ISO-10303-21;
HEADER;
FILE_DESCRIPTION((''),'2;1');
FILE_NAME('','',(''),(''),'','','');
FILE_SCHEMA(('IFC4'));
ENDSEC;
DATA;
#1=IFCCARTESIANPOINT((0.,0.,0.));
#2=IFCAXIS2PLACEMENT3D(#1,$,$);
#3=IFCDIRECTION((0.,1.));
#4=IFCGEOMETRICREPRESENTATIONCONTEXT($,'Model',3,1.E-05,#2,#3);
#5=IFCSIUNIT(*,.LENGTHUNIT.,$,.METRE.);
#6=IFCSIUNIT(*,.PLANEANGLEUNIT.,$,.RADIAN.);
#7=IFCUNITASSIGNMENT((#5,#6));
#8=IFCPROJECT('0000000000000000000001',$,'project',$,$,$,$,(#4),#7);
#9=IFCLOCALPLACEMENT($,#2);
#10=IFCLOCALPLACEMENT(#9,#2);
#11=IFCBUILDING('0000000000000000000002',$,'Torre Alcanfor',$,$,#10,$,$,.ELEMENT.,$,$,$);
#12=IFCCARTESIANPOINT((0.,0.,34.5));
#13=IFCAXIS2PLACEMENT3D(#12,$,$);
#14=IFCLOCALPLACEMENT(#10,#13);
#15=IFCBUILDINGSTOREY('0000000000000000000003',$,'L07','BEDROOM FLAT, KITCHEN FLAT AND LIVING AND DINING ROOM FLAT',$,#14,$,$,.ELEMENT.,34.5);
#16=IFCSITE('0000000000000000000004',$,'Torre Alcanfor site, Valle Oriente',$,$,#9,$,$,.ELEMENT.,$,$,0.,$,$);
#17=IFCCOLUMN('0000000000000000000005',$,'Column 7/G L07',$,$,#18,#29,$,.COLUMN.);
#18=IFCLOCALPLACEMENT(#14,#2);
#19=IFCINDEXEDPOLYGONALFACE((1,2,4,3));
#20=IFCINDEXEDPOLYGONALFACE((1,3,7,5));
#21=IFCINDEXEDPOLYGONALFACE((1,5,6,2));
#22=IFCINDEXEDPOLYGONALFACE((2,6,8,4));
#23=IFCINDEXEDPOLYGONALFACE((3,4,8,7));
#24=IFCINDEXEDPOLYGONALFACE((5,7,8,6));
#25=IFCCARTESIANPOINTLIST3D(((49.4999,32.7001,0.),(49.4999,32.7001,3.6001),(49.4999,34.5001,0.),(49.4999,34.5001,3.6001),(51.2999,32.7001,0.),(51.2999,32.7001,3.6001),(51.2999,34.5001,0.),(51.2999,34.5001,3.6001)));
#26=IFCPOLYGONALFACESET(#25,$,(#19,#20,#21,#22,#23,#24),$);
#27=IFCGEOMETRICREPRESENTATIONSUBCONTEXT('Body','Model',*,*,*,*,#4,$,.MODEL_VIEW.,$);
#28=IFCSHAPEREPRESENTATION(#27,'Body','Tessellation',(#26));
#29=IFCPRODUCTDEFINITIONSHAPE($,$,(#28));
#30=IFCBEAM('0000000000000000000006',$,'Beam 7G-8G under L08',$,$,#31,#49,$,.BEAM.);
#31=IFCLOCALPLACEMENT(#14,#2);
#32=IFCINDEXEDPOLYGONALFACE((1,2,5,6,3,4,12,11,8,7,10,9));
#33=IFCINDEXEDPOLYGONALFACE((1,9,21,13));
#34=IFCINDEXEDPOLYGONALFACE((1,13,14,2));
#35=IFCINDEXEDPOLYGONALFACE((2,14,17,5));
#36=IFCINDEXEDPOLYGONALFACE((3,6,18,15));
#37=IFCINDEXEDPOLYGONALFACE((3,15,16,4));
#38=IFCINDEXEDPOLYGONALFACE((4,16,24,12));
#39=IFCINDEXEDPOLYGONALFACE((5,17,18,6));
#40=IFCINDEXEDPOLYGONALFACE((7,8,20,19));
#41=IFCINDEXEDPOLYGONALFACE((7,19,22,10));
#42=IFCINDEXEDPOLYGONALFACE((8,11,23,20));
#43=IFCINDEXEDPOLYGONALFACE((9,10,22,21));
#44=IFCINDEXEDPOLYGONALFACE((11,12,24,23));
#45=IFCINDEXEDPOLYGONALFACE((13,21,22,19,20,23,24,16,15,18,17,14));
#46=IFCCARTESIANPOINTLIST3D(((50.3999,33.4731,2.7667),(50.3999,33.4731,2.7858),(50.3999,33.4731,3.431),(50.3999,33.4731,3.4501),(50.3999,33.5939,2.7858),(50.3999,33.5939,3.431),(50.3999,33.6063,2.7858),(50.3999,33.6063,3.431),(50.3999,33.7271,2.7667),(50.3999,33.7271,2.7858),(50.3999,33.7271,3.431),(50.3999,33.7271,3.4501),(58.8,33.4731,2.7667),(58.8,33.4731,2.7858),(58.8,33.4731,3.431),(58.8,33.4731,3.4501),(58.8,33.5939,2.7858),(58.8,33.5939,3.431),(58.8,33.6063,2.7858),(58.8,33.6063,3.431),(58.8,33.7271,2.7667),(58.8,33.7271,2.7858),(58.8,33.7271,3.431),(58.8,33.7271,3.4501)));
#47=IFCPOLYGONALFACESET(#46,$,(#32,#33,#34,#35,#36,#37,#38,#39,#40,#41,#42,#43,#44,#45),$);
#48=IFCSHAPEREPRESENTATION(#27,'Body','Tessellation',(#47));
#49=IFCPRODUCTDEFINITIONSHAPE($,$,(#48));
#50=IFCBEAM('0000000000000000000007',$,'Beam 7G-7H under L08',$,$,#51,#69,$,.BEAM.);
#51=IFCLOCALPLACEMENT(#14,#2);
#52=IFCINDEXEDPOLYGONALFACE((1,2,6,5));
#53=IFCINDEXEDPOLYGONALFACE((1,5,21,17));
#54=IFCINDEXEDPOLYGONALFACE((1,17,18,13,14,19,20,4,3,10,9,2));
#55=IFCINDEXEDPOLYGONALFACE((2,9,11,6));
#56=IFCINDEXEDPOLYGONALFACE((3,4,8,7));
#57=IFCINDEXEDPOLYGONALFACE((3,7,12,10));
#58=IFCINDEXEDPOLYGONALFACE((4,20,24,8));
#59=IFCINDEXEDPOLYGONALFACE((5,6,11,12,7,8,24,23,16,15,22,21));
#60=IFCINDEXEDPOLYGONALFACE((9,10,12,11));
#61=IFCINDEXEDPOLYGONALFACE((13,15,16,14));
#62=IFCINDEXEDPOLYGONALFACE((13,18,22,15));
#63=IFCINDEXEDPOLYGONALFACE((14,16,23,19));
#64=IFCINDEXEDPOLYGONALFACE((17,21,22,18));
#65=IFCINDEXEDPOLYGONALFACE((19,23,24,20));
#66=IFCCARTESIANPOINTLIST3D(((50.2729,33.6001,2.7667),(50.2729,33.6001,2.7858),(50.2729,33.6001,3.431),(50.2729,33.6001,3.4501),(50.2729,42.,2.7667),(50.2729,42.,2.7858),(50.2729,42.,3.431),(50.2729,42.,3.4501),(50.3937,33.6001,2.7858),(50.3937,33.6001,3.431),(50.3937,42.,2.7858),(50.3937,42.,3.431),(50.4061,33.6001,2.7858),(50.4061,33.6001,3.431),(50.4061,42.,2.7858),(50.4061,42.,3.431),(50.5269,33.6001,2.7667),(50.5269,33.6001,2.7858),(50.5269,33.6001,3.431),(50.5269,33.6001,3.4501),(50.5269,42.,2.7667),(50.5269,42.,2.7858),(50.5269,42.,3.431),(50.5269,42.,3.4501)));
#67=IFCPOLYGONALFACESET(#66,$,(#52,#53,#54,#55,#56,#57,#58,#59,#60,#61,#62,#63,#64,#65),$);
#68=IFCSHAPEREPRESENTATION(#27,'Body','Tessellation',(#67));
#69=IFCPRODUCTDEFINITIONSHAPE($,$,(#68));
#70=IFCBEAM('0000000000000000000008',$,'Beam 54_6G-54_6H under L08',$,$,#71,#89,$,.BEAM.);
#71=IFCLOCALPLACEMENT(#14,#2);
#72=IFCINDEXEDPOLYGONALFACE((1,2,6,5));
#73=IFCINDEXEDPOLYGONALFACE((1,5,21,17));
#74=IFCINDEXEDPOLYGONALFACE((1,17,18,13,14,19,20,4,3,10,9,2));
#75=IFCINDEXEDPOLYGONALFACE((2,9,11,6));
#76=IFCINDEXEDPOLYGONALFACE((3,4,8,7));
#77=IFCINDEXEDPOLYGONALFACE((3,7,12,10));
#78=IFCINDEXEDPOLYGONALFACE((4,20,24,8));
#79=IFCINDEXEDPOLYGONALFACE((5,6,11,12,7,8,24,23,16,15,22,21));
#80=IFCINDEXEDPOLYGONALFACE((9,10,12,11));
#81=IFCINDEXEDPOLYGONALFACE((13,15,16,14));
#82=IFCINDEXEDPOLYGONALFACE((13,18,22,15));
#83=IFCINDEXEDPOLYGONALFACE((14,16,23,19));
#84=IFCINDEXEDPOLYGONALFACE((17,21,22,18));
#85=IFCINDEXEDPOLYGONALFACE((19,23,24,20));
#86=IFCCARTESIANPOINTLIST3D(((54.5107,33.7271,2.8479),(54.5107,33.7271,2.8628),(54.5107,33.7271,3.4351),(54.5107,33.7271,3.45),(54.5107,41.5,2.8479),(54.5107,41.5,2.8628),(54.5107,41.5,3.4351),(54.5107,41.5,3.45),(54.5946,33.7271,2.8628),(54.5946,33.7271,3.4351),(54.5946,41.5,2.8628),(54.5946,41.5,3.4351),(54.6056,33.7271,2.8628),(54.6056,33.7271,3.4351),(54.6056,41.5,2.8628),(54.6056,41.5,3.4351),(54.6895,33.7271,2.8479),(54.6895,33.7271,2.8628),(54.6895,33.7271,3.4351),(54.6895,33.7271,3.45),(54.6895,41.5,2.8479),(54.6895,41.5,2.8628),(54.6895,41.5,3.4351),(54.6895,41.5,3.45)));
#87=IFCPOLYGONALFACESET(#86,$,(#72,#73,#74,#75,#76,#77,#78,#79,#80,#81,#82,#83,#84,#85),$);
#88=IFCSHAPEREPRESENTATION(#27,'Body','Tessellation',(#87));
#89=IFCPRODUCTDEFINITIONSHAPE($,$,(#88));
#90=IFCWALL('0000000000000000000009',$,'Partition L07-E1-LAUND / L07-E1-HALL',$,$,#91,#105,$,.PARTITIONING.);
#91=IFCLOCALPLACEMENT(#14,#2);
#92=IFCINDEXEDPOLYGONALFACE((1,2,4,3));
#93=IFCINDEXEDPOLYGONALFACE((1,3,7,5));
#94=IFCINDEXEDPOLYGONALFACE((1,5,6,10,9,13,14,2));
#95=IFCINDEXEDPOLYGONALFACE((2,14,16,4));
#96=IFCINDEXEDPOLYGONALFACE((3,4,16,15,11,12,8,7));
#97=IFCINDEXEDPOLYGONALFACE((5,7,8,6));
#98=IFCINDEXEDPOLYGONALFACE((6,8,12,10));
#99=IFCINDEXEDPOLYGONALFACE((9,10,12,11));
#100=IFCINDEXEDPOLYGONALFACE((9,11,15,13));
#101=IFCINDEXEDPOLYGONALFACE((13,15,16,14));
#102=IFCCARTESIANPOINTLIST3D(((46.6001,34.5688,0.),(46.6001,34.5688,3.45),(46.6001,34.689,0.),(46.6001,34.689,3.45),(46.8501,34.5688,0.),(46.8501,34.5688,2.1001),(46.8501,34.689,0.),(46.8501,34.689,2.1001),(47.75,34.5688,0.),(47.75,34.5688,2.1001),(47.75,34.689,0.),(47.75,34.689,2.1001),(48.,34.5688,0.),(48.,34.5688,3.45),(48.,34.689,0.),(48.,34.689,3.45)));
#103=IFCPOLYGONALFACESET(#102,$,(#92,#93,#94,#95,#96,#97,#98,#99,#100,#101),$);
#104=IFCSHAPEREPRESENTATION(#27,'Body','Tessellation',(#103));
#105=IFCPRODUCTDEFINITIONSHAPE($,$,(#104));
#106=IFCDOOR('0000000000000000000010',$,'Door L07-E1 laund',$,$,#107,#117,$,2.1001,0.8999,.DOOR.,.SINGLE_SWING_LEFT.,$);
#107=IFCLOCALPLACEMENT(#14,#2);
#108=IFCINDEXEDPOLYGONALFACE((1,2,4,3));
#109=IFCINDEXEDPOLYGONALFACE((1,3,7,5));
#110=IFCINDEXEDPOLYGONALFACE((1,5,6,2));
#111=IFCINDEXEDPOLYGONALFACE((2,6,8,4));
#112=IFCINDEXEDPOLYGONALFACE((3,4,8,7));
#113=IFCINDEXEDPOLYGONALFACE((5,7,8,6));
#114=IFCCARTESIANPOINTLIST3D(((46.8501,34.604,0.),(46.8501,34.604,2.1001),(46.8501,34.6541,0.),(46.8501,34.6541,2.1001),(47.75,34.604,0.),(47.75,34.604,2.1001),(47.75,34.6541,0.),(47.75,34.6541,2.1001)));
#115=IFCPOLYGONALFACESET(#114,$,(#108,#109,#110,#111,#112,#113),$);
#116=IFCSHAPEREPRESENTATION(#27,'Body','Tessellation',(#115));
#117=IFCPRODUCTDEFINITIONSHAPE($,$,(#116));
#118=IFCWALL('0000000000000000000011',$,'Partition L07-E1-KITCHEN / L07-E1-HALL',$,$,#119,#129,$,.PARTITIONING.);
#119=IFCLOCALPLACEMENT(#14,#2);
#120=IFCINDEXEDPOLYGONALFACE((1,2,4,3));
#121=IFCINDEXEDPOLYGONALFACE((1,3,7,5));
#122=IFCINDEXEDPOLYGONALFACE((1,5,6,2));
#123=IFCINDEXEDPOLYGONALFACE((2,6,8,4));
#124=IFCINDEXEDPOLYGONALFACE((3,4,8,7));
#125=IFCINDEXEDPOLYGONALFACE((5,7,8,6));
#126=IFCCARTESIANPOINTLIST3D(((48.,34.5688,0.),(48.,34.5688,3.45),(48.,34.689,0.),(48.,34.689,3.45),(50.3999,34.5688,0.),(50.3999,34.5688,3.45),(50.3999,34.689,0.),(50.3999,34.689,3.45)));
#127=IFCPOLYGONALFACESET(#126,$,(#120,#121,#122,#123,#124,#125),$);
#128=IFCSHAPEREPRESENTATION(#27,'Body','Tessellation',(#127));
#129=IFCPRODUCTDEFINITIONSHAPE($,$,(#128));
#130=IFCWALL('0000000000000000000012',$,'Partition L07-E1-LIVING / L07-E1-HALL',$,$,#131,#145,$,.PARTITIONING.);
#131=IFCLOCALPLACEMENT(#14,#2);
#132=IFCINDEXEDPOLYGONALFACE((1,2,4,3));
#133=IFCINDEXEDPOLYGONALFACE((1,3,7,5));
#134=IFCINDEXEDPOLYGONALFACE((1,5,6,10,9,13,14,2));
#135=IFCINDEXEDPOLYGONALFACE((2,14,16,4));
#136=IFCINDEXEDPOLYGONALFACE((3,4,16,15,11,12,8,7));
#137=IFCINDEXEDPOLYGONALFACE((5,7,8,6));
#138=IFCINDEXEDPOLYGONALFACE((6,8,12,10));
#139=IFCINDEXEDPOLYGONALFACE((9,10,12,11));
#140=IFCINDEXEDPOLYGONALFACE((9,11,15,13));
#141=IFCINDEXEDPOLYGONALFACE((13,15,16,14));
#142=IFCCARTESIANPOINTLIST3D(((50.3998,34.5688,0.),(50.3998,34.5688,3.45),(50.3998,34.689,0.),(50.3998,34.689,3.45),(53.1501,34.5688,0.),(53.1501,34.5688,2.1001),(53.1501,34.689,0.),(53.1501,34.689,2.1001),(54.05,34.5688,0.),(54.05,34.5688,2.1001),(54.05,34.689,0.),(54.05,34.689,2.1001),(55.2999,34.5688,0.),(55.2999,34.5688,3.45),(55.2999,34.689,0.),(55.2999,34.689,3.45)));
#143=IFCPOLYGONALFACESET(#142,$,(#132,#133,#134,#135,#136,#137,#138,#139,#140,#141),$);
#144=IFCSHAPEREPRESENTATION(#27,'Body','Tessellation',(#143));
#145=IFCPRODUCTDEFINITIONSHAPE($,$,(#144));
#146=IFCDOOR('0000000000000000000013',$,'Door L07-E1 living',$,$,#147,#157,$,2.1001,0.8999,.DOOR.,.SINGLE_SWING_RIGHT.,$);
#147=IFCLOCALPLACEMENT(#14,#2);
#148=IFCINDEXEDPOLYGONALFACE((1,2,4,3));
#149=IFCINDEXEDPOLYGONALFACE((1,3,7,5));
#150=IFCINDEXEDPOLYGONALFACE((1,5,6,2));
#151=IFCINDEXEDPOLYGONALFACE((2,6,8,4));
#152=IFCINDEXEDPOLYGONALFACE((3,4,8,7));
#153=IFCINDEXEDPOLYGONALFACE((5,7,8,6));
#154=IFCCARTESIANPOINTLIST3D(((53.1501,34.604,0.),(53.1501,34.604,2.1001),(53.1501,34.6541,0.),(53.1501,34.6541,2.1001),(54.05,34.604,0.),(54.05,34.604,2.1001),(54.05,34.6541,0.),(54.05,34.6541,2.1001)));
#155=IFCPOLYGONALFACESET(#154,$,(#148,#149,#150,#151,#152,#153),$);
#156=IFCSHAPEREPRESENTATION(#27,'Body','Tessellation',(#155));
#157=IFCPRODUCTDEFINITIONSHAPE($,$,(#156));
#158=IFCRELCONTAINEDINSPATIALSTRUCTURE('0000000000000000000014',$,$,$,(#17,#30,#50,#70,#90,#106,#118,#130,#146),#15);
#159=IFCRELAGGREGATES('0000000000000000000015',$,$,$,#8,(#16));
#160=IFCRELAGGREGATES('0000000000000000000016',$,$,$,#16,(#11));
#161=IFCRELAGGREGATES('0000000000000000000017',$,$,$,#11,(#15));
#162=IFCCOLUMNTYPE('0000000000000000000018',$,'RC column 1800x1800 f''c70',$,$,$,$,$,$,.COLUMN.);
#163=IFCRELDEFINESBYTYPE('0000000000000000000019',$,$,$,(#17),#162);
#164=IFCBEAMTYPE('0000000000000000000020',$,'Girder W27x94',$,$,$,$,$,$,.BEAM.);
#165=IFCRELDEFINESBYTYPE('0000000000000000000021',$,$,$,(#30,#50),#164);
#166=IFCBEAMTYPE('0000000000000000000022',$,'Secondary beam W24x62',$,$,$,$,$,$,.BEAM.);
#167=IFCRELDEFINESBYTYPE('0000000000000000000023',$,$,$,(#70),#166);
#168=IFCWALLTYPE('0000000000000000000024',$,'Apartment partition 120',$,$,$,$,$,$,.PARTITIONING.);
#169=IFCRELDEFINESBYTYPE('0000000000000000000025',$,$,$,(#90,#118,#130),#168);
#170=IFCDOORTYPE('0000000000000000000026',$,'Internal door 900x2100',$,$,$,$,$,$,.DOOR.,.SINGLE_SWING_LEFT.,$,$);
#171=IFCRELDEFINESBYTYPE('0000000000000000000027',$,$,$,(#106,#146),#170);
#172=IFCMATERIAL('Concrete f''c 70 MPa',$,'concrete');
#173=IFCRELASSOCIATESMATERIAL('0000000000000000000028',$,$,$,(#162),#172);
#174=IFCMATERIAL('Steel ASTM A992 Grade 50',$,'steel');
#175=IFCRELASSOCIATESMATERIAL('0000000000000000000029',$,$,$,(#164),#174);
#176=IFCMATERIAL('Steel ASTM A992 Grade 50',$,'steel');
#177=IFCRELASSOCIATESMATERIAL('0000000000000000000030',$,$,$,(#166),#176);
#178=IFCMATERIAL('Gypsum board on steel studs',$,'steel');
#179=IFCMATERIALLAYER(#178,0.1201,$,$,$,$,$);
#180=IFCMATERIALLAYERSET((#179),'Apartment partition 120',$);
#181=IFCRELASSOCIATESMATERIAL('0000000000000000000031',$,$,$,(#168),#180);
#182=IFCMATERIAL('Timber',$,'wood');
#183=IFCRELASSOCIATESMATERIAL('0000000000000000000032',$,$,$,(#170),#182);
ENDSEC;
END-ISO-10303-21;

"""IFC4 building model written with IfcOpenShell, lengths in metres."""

from ifc_helpers import new_model, si_unit, direction, frame, frame_2d, origin, origin_2d, place, context, subcontext, project, spatial, rectangle, i_section, extrude, material, layer, layer_set, material_profile, profile_set, type_object, element, fill, save


model = new_model("IFC4")

# Units and contexts
model_context = context("Model", 3, precision=1e-05, world=origin(), true_north=direction((0.0, 1.0)))
body_context = subcontext(model_context, "Body", "Model", "MODEL_VIEW")
ifc_project = project(units=[si_unit("LENGTHUNIT", "METRE"), si_unit("PLANEANGLEUNIT", "RADIAN")], contexts=[model_context])

# Site, building, storey
site_placement = place(None, origin())
site = spatial("IfcSite", under=ifc_project, at=site_placement, Name="Torre Alcanfor site, Valle Oriente", CompositionType="ELEMENT", RefElevation=0.0)
building_placement = place(site_placement, origin())
building = spatial("IfcBuilding", under=site, at=building_placement, Name="Torre Alcanfor", CompositionType="ELEMENT")
storey_placement = place(building_placement, frame((0.0, 0.0, 34.5)))
storey = spatial("IfcBuildingStorey", under=building, at=storey_placement, Name="L07", Description="BEDROOM FLAT, KITCHEN FLAT AND LIVING AND DINING ROOM FLAT", CompositionType="ELEMENT", Elevation=34.5)

# Column
ifc_material_1 = material(Name="Concrete f'c 70 MPa", Category="concrete")
ifc_material_profile_1 = material_profile(ifc_material_1, rectangle(XDim=1.8, YDim=1.8, at=origin_2d()), Name="1800x1800")
ifc_profile_set_1 = profile_set([ifc_material_profile_1], Name="Concrete f'c 70 MPa")
column_type = type_object("IfcColumnType", Name="RC column 1800x1800 f'c70", PredefinedType="COLUMN", material=ifc_profile_set_1)
column_placement = place(storey_placement, frame((50.3999, 33.6001, 0.0), z_axis=(0.0, 0.0, 1.0), x_axis=(1.0, 0.0, 0.0)))
element("IfcColumn", 1, at=column_placement, inside=storey, type_object=column_type, Name="Column 7/G L07", PredefinedType="COLUMN", context=body_context, shape_type="SweptSolid", body=[
    extrude(rectangle(XDim=1.8, YDim=1.8, at=origin_2d()), origin(), (0.0, 0.0, 1.0), 3.6001),
])

# Beams
ifc_material_2 = material(Name="Steel ASTM A992 Grade 50", Category="steel")
ifc_material_profile_2 = material_profile(ifc_material_2, i_section(OverallWidth=0.2539, OverallDepth=0.6833, WebThickness=0.0125, FlangeThickness=0.019, at=origin_2d()), Name="W27x94")
ifc_profile_set_2 = profile_set([ifc_material_profile_2], Name="Steel ASTM A992 Grade 50")
beam_type_1 = type_object("IfcBeamType", Name="Girder W27x94", PredefinedType="BEAM", material=ifc_profile_set_2)
beam_1_placement = place(storey_placement, frame((50.3999, 33.6001, 3.1084), z_axis=(1.0, 0.0, 0.0), x_axis=(0.0, 1.0, 0.0)))
element("IfcBeam", 2, at=beam_1_placement, inside=storey, type_object=beam_type_1, Name="Beam 7G-8G under L08", PredefinedType="BEAM", context=body_context, shape_type="SweptSolid", body=[
    extrude(i_section(OverallWidth=0.2539, OverallDepth=0.6833, WebThickness=0.0125, FlangeThickness=0.019, at=origin_2d()), origin(), (0.0, 0.0, 1.0), 8.4001),
])
beam_2_placement = place(storey_placement, frame((50.3999, 33.6001, 3.1084), z_axis=(0.0, 1.0, 0.0), x_axis=(-1.0, 0.0, 0.0)))
element("IfcBeam", 3, at=beam_2_placement, inside=storey, type_object=beam_type_1, Name="Beam 7G-7H under L08", PredefinedType="BEAM", context=body_context, shape_type="SweptSolid", body=[
    extrude(i_section(OverallWidth=0.2539, OverallDepth=0.6833, WebThickness=0.0125, FlangeThickness=0.019, at=origin_2d()), origin(), (0.0, 0.0, 1.0), 8.3999),
])
ifc_material_3 = material(Name="Steel ASTM A992 Grade 50", Category="steel")
ifc_material_profile_3 = material_profile(ifc_material_3, i_section(OverallWidth=0.1787, OverallDepth=0.6021, WebThickness=0.011, FlangeThickness=0.0149, at=origin_2d()), Name="W24x62")
ifc_profile_set_3 = profile_set([ifc_material_profile_3], Name="Steel ASTM A992 Grade 50")
beam_type_2 = type_object("IfcBeamType", Name="Secondary beam W24x62", PredefinedType="BEAM", material=ifc_profile_set_3)
beam_3_placement = place(storey_placement, frame((54.6001, 33.7271, 3.1489), z_axis=(0.0, 1.0, 0.0), x_axis=(-1.0, 0.0, 0.0)))
element("IfcBeam", 4, at=beam_3_placement, inside=storey, type_object=beam_type_2, Name="Beam 54_6G-54_6H under L08", PredefinedType="BEAM", context=body_context, shape_type="SweptSolid", body=[
    extrude(i_section(OverallWidth=0.1787, OverallDepth=0.6021, WebThickness=0.011, FlangeThickness=0.0149, at=origin_2d()), origin(), (0.0, 0.0, 1.0), 7.7729),
])

# Wall, opening, door
ifc_material_4 = material(Name="Gypsum board on steel studs", Category="steel")
ifc_layer_1 = layer(ifc_material_4, 0.1201)
ifc_layer_set_1 = layer_set([ifc_layer_1], Name="Apartment partition 120")
wall_type_1 = type_object("IfcWallType", Name="Apartment partition 120", PredefinedType="PARTITIONING", material=ifc_layer_set_1)
wall_1_placement = place(storey_placement, frame((48.0, 34.6289, 0.0), z_axis=(0.0, 0.0, 1.0), x_axis=(-1.0, 0.0, 0.0)))
wall_1 = element("IfcWall", 5, at=wall_1_placement, inside=storey, type_object=wall_type_1, Name="Partition L07-E1-LAUND / L07-E1-HALL", PredefinedType="PARTITIONING", context=body_context, shape_type="SweptSolid", body=[
    extrude(rectangle(XDim=1.3999, YDim=0.1201, at=frame_2d((0.7, 0.0))), origin(), (0.0, 0.0, 1.0), 3.45),
])
opening_1_placement = place(wall_1_placement, frame((0.25, 0.0, 0.0)))
opening_1 = element("IfcOpeningElement", 6, at=opening_1_placement, cuts=wall_1, PredefinedType="OPENING", context=body_context, shape_type="SweptSolid", body=[
    extrude(rectangle(XDim=0.8999, YDim=2.1001, at=frame_2d((0.45, 1.05))), frame((0.0, 0.0701, 0.0), z_axis=(0.0, -1.0, 0.0), x_axis=(1.0, 0.0, 0.0)), (0.0, 0.0, 1.0), 0.1401),
])
ifc_material_5 = material(Name="Timber", Category="wood")
door_type_1 = type_object("IfcDoorType", Name="Internal door 900x2100", OperationType="SINGLE_SWING_LEFT", PredefinedType="DOOR", material=ifc_material_5)
door_1_placement = place(opening_1_placement, origin())
door_1 = element("IfcDoor", 7, at=door_1_placement, inside=storey, type_object=door_type_1, Name="Door L07-E1 laund", OperationType="SINGLE_SWING_LEFT", OverallHeight=2.1001, OverallWidth=0.8999, PredefinedType="DOOR", context=body_context, shape_type="SweptSolid", body=[
    extrude(rectangle(XDim=0.8999, YDim=2.1001, at=frame_2d((0.45, 1.05))), frame((0.0, 0.0249, 0.0), z_axis=(0.0, -1.0, 0.0), x_axis=(1.0, 0.0, 0.0)), (0.0, 0.0, 1.0), 0.05),
])
fill(opening_1, door_1)

# Wall
wall_2_placement = place(storey_placement, frame((50.3999, 34.6289, 0.0), z_axis=(0.0, 0.0, 1.0), x_axis=(-1.0, 0.0, 0.0)))
element("IfcWall", 8, at=wall_2_placement, inside=storey, type_object=wall_type_1, Name="Partition L07-E1-KITCHEN / L07-E1-HALL", PredefinedType="PARTITIONING", context=body_context, shape_type="SweptSolid", body=[
    extrude(rectangle(XDim=2.3999, YDim=0.1201, at=frame_2d((1.2, 0.0))), origin(), (0.0, 0.0, 1.0), 3.45),
])

# Wall, opening, door
wall_3_placement = place(storey_placement, frame((55.3, 34.6289, 0.0), z_axis=(0.0, 0.0, 1.0), x_axis=(-1.0, 0.0, 0.0)))
wall_3 = element("IfcWall", 9, at=wall_3_placement, inside=storey, type_object=wall_type_1, Name="Partition L07-E1-LIVING / L07-E1-HALL", PredefinedType="PARTITIONING", context=body_context, shape_type="SweptSolid", body=[
    extrude(rectangle(XDim=4.9001, YDim=0.1201, at=frame_2d((2.4502, 0.0))), origin(), (0.0, 0.0, 1.0), 3.45),
])
opening_2_placement = place(wall_3_placement, frame((1.25, 0.0, 0.0)))
opening_2 = element("IfcOpeningElement", 10, at=opening_2_placement, cuts=wall_3, PredefinedType="OPENING", context=body_context, shape_type="SweptSolid", body=[
    extrude(rectangle(XDim=0.8999, YDim=2.1001, at=frame_2d((0.45, 1.05))), frame((0.0, 0.0701, 0.0), z_axis=(0.0, -1.0, 0.0), x_axis=(1.0, 0.0, 0.0)), (0.0, 0.0, 1.0), 0.1401),
])
door_2_placement = place(opening_2_placement, origin())
door_2 = element("IfcDoor", 11, at=door_2_placement, inside=storey, type_object=door_type_1, Name="Door L07-E1 living", OperationType="SINGLE_SWING_RIGHT", OverallHeight=2.1001, OverallWidth=0.8999, PredefinedType="DOOR", context=body_context, shape_type="SweptSolid", body=[
    extrude(rectangle(XDim=0.8999, YDim=2.1001, at=frame_2d((0.45, 1.05))), frame((0.0, 0.0249, 0.0), z_axis=(0.0, -1.0, 0.0), x_axis=(1.0, 0.0, 0.0)), (0.0, 0.0, 1.0), 0.05),
])
fill(opening_2, door_2)

save(model, "model.ifc")
